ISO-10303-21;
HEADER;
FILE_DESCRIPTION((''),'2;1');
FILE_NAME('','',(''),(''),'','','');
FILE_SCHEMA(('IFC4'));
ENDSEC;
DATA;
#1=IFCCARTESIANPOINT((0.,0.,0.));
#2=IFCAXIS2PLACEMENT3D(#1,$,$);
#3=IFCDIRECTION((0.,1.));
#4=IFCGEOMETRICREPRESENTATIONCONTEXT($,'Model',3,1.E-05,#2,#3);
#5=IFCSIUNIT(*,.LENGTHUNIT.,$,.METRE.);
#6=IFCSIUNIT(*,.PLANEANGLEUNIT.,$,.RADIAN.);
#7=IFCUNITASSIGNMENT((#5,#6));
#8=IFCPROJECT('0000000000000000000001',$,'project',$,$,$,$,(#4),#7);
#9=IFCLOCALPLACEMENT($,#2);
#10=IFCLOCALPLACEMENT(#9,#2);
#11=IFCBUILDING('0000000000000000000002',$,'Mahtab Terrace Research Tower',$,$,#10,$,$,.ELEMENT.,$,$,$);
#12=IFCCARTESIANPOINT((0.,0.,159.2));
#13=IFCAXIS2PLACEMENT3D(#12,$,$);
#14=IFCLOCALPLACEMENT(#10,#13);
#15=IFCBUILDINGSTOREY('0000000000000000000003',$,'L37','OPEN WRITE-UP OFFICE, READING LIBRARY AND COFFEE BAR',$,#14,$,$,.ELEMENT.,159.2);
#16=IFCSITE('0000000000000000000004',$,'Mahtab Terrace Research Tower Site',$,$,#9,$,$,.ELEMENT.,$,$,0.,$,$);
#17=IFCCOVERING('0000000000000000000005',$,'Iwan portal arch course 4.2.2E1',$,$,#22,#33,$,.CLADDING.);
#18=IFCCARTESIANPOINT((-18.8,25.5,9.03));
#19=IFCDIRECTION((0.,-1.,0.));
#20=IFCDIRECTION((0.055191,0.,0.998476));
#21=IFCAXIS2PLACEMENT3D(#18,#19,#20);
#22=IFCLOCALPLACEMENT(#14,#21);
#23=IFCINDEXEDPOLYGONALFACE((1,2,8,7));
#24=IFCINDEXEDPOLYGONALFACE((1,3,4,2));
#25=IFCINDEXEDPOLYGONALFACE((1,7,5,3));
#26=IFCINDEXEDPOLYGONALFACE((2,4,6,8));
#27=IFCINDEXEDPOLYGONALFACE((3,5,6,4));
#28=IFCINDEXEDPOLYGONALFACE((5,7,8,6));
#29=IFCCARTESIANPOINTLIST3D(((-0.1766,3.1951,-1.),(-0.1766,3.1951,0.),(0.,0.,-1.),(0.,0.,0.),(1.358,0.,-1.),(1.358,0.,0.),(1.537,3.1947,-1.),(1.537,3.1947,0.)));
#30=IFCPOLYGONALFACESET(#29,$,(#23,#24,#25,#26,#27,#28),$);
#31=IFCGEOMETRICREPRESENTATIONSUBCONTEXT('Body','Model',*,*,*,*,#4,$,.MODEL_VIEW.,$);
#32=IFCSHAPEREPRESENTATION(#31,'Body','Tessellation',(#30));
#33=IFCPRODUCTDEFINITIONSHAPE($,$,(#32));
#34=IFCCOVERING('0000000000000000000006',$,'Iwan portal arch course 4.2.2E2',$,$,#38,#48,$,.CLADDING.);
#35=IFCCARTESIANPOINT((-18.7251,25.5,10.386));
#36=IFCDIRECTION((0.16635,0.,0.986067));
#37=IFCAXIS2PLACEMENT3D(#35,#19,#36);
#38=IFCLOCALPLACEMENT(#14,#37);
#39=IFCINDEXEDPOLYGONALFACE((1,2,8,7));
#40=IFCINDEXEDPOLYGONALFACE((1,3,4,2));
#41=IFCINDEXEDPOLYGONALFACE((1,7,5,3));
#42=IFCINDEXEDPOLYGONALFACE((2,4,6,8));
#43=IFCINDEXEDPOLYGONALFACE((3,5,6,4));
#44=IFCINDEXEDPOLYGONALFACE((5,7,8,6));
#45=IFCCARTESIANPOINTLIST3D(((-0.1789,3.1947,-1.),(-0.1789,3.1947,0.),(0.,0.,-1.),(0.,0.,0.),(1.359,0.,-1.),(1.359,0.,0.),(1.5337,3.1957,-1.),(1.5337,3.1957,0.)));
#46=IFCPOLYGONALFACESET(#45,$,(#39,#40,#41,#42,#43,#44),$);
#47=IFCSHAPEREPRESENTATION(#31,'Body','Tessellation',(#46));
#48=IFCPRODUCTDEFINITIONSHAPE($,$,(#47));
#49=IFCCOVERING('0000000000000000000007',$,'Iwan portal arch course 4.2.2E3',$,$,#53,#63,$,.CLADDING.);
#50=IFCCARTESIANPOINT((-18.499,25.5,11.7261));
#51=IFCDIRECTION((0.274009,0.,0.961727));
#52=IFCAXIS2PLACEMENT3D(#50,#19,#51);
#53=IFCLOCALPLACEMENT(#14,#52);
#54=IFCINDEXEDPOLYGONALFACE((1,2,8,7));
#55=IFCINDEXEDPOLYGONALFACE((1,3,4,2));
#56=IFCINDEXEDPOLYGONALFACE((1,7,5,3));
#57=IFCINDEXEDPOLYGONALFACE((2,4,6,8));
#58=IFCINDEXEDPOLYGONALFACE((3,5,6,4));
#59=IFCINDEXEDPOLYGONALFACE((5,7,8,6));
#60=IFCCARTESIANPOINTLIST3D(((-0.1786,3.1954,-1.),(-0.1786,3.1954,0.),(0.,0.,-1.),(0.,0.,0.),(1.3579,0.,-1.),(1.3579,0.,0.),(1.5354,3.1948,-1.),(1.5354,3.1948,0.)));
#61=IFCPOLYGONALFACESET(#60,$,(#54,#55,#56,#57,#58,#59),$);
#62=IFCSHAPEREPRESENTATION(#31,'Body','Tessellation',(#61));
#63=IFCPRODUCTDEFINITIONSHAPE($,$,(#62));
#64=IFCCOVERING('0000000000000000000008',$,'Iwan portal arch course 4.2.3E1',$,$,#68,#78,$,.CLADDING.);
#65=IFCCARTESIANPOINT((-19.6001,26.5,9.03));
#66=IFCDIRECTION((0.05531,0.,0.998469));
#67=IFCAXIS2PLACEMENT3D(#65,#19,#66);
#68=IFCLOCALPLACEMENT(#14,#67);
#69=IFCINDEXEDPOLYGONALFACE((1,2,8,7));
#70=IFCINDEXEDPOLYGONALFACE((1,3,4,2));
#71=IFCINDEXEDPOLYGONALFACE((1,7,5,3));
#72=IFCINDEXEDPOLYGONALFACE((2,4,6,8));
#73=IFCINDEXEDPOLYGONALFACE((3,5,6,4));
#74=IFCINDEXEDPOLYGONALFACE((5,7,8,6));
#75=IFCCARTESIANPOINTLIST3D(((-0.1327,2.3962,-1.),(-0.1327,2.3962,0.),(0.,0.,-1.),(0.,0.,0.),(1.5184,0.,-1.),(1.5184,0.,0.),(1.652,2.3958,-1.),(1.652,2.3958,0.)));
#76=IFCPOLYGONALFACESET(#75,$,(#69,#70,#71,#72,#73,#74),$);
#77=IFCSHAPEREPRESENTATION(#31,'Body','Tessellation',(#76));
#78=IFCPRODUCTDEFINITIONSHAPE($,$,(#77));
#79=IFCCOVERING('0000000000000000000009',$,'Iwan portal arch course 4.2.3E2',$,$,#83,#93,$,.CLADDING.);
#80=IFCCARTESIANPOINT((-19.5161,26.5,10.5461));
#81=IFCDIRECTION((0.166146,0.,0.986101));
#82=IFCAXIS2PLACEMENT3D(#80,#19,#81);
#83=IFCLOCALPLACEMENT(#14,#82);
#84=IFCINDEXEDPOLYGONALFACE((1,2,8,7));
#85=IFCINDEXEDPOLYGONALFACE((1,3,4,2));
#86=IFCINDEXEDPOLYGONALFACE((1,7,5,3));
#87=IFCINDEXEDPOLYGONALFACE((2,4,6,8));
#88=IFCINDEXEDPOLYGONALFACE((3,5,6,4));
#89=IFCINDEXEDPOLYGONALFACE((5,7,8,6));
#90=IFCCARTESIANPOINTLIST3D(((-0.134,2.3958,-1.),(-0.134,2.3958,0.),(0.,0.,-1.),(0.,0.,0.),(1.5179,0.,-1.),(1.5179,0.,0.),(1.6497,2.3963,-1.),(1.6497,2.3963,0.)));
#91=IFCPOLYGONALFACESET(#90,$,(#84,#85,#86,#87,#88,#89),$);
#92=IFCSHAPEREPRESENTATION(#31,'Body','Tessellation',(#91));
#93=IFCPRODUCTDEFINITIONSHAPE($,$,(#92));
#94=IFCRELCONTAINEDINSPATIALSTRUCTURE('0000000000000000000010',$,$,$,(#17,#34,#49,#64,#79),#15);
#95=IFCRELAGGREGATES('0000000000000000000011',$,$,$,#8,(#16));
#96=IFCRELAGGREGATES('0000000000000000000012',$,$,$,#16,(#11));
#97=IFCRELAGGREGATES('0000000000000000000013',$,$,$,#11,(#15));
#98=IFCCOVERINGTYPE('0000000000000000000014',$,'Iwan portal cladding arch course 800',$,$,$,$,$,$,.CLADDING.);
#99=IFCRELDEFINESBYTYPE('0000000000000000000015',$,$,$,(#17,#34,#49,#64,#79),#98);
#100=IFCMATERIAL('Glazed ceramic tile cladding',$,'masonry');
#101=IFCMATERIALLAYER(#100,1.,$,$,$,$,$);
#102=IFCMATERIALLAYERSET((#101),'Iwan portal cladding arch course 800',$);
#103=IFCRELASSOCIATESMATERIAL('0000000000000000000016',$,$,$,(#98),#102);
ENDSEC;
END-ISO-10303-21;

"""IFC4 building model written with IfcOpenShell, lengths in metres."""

from ifc_helpers import new_model, si_unit, direction, frame, origin, place, context, subcontext, project, spatial, polyline, outline, extrude, material, layer, layer_set, type_object, element, save


model = new_model("IFC4")

# Units and contexts
model_context = context("Model", 3, precision=1e-05, world=origin(), true_north=direction((0.0, 1.0)))
body_context = subcontext(model_context, "Body", "Model", "MODEL_VIEW")
ifc_project = project(units=[si_unit("LENGTHUNIT", "METRE"), si_unit("PLANEANGLEUNIT", "RADIAN")], contexts=[model_context])

# Site, building, storey
site_placement = place(None, origin())
site = spatial("IfcSite", under=ifc_project, at=site_placement, Name="Mahtab Terrace Research Tower Site", CompositionType="ELEMENT", RefElevation=0.0)
building_placement = place(site_placement, origin())
building = spatial("IfcBuilding", under=site, at=building_placement, Name="Mahtab Terrace Research Tower", CompositionType="ELEMENT")
storey_placement = place(building_placement, frame((0.0, 0.0, 159.2)))
storey = spatial("IfcBuildingStorey", under=building, at=storey_placement, Name="L37", Description="OPEN WRITE-UP OFFICE, READING LIBRARY AND COFFEE BAR", CompositionType="ELEMENT", Elevation=159.2)

# Coverings
ifc_material_1 = material(Name="Glazed ceramic tile cladding", Category="masonry")
ifc_layer_1 = layer(ifc_material_1, 1.0)
ifc_layer_set_1 = layer_set([ifc_layer_1], Name="Iwan portal cladding arch course 800")
covering_type_1 = type_object("IfcCoveringType", Name="Iwan portal cladding arch course 800", PredefinedType="CLADDING", material=ifc_layer_set_1)
covering_1_placement = place(storey_placement, frame((-18.8, 25.5, 9.03), z_axis=(0.0, -1.0, 0.0), x_axis=(0.055191, 0.0, 0.998476)))
element("IfcCovering", 1, at=covering_1_placement, inside=storey, type_object=covering_type_1, Name="Iwan portal arch course 4.2.2E1", PredefinedType="CLADDING", context=body_context, shape_type="SweptSolid", body=[
    extrude(outline(polyline([(0.0, 0.0), (1.358, 0.0), (1.537, 3.1947), (-0.1766, 3.1951), (0.0, 0.0)])), origin(), (0.0, 0.0, -1.0), 1.0),
])
covering_2_placement = place(storey_placement, frame((-18.7251, 25.5, 10.386), z_axis=(0.0, -1.0, 0.0), x_axis=(0.16635, 0.0, 0.986067)))
element("IfcCovering", 2, at=covering_2_placement, inside=storey, type_object=covering_type_1, Name="Iwan portal arch course 4.2.2E2", PredefinedType="CLADDING", context=body_context, shape_type="SweptSolid", body=[
    extrude(outline(polyline([(0.0, 0.0), (1.359, 0.0), (1.5337, 3.1957), (-0.1789, 3.1947), (0.0, 0.0)])), origin(), (0.0, 0.0, -1.0), 1.0),
])
covering_3_placement = place(storey_placement, frame((-18.499, 25.5, 11.7261), z_axis=(0.0, -1.0, 0.0), x_axis=(0.274009, 0.0, 0.961727)))
element("IfcCovering", 3, at=covering_3_placement, inside=storey, type_object=covering_type_1, Name="Iwan portal arch course 4.2.2E3", PredefinedType="CLADDING", context=body_context, shape_type="SweptSolid", body=[
    extrude(outline(polyline([(0.0, 0.0), (1.3579, 0.0), (1.5354, 3.1948), (-0.1786, 3.1954), (0.0, 0.0)])), origin(), (0.0, 0.0, -1.0), 1.0),
])
covering_4_placement = place(storey_placement, frame((-19.6001, 26.5, 9.03), z_axis=(0.0, -1.0, 0.0), x_axis=(0.05531, 0.0, 0.998469)))
element("IfcCovering", 4, at=covering_4_placement, inside=storey, type_object=covering_type_1, Name="Iwan portal arch course 4.2.3E1", PredefinedType="CLADDING", context=body_context, shape_type="SweptSolid", body=[
    extrude(outline(polyline([(0.0, 0.0), (1.5184, 0.0), (1.652, 2.3958), (-0.1327, 2.3962), (0.0, 0.0)])), origin(), (0.0, 0.0, -1.0), 1.0),
])
covering_5_placement = place(storey_placement, frame((-19.5161, 26.5, 10.5461), z_axis=(0.0, -1.0, 0.0), x_axis=(0.166146, 0.0, 0.986101)))
element("IfcCovering", 5, at=covering_5_placement, inside=storey, type_object=covering_type_1, Name="Iwan portal arch course 4.2.3E2", PredefinedType="CLADDING", context=body_context, shape_type="SweptSolid", body=[
    extrude(outline(polyline([(0.0, 0.0), (1.5179, 0.0), (1.6497, 2.3963), (-0.134, 2.3958), (0.0, 0.0)])), origin(), (0.0, 0.0, -1.0), 1.0),
])

save(model, "model.ifc")
